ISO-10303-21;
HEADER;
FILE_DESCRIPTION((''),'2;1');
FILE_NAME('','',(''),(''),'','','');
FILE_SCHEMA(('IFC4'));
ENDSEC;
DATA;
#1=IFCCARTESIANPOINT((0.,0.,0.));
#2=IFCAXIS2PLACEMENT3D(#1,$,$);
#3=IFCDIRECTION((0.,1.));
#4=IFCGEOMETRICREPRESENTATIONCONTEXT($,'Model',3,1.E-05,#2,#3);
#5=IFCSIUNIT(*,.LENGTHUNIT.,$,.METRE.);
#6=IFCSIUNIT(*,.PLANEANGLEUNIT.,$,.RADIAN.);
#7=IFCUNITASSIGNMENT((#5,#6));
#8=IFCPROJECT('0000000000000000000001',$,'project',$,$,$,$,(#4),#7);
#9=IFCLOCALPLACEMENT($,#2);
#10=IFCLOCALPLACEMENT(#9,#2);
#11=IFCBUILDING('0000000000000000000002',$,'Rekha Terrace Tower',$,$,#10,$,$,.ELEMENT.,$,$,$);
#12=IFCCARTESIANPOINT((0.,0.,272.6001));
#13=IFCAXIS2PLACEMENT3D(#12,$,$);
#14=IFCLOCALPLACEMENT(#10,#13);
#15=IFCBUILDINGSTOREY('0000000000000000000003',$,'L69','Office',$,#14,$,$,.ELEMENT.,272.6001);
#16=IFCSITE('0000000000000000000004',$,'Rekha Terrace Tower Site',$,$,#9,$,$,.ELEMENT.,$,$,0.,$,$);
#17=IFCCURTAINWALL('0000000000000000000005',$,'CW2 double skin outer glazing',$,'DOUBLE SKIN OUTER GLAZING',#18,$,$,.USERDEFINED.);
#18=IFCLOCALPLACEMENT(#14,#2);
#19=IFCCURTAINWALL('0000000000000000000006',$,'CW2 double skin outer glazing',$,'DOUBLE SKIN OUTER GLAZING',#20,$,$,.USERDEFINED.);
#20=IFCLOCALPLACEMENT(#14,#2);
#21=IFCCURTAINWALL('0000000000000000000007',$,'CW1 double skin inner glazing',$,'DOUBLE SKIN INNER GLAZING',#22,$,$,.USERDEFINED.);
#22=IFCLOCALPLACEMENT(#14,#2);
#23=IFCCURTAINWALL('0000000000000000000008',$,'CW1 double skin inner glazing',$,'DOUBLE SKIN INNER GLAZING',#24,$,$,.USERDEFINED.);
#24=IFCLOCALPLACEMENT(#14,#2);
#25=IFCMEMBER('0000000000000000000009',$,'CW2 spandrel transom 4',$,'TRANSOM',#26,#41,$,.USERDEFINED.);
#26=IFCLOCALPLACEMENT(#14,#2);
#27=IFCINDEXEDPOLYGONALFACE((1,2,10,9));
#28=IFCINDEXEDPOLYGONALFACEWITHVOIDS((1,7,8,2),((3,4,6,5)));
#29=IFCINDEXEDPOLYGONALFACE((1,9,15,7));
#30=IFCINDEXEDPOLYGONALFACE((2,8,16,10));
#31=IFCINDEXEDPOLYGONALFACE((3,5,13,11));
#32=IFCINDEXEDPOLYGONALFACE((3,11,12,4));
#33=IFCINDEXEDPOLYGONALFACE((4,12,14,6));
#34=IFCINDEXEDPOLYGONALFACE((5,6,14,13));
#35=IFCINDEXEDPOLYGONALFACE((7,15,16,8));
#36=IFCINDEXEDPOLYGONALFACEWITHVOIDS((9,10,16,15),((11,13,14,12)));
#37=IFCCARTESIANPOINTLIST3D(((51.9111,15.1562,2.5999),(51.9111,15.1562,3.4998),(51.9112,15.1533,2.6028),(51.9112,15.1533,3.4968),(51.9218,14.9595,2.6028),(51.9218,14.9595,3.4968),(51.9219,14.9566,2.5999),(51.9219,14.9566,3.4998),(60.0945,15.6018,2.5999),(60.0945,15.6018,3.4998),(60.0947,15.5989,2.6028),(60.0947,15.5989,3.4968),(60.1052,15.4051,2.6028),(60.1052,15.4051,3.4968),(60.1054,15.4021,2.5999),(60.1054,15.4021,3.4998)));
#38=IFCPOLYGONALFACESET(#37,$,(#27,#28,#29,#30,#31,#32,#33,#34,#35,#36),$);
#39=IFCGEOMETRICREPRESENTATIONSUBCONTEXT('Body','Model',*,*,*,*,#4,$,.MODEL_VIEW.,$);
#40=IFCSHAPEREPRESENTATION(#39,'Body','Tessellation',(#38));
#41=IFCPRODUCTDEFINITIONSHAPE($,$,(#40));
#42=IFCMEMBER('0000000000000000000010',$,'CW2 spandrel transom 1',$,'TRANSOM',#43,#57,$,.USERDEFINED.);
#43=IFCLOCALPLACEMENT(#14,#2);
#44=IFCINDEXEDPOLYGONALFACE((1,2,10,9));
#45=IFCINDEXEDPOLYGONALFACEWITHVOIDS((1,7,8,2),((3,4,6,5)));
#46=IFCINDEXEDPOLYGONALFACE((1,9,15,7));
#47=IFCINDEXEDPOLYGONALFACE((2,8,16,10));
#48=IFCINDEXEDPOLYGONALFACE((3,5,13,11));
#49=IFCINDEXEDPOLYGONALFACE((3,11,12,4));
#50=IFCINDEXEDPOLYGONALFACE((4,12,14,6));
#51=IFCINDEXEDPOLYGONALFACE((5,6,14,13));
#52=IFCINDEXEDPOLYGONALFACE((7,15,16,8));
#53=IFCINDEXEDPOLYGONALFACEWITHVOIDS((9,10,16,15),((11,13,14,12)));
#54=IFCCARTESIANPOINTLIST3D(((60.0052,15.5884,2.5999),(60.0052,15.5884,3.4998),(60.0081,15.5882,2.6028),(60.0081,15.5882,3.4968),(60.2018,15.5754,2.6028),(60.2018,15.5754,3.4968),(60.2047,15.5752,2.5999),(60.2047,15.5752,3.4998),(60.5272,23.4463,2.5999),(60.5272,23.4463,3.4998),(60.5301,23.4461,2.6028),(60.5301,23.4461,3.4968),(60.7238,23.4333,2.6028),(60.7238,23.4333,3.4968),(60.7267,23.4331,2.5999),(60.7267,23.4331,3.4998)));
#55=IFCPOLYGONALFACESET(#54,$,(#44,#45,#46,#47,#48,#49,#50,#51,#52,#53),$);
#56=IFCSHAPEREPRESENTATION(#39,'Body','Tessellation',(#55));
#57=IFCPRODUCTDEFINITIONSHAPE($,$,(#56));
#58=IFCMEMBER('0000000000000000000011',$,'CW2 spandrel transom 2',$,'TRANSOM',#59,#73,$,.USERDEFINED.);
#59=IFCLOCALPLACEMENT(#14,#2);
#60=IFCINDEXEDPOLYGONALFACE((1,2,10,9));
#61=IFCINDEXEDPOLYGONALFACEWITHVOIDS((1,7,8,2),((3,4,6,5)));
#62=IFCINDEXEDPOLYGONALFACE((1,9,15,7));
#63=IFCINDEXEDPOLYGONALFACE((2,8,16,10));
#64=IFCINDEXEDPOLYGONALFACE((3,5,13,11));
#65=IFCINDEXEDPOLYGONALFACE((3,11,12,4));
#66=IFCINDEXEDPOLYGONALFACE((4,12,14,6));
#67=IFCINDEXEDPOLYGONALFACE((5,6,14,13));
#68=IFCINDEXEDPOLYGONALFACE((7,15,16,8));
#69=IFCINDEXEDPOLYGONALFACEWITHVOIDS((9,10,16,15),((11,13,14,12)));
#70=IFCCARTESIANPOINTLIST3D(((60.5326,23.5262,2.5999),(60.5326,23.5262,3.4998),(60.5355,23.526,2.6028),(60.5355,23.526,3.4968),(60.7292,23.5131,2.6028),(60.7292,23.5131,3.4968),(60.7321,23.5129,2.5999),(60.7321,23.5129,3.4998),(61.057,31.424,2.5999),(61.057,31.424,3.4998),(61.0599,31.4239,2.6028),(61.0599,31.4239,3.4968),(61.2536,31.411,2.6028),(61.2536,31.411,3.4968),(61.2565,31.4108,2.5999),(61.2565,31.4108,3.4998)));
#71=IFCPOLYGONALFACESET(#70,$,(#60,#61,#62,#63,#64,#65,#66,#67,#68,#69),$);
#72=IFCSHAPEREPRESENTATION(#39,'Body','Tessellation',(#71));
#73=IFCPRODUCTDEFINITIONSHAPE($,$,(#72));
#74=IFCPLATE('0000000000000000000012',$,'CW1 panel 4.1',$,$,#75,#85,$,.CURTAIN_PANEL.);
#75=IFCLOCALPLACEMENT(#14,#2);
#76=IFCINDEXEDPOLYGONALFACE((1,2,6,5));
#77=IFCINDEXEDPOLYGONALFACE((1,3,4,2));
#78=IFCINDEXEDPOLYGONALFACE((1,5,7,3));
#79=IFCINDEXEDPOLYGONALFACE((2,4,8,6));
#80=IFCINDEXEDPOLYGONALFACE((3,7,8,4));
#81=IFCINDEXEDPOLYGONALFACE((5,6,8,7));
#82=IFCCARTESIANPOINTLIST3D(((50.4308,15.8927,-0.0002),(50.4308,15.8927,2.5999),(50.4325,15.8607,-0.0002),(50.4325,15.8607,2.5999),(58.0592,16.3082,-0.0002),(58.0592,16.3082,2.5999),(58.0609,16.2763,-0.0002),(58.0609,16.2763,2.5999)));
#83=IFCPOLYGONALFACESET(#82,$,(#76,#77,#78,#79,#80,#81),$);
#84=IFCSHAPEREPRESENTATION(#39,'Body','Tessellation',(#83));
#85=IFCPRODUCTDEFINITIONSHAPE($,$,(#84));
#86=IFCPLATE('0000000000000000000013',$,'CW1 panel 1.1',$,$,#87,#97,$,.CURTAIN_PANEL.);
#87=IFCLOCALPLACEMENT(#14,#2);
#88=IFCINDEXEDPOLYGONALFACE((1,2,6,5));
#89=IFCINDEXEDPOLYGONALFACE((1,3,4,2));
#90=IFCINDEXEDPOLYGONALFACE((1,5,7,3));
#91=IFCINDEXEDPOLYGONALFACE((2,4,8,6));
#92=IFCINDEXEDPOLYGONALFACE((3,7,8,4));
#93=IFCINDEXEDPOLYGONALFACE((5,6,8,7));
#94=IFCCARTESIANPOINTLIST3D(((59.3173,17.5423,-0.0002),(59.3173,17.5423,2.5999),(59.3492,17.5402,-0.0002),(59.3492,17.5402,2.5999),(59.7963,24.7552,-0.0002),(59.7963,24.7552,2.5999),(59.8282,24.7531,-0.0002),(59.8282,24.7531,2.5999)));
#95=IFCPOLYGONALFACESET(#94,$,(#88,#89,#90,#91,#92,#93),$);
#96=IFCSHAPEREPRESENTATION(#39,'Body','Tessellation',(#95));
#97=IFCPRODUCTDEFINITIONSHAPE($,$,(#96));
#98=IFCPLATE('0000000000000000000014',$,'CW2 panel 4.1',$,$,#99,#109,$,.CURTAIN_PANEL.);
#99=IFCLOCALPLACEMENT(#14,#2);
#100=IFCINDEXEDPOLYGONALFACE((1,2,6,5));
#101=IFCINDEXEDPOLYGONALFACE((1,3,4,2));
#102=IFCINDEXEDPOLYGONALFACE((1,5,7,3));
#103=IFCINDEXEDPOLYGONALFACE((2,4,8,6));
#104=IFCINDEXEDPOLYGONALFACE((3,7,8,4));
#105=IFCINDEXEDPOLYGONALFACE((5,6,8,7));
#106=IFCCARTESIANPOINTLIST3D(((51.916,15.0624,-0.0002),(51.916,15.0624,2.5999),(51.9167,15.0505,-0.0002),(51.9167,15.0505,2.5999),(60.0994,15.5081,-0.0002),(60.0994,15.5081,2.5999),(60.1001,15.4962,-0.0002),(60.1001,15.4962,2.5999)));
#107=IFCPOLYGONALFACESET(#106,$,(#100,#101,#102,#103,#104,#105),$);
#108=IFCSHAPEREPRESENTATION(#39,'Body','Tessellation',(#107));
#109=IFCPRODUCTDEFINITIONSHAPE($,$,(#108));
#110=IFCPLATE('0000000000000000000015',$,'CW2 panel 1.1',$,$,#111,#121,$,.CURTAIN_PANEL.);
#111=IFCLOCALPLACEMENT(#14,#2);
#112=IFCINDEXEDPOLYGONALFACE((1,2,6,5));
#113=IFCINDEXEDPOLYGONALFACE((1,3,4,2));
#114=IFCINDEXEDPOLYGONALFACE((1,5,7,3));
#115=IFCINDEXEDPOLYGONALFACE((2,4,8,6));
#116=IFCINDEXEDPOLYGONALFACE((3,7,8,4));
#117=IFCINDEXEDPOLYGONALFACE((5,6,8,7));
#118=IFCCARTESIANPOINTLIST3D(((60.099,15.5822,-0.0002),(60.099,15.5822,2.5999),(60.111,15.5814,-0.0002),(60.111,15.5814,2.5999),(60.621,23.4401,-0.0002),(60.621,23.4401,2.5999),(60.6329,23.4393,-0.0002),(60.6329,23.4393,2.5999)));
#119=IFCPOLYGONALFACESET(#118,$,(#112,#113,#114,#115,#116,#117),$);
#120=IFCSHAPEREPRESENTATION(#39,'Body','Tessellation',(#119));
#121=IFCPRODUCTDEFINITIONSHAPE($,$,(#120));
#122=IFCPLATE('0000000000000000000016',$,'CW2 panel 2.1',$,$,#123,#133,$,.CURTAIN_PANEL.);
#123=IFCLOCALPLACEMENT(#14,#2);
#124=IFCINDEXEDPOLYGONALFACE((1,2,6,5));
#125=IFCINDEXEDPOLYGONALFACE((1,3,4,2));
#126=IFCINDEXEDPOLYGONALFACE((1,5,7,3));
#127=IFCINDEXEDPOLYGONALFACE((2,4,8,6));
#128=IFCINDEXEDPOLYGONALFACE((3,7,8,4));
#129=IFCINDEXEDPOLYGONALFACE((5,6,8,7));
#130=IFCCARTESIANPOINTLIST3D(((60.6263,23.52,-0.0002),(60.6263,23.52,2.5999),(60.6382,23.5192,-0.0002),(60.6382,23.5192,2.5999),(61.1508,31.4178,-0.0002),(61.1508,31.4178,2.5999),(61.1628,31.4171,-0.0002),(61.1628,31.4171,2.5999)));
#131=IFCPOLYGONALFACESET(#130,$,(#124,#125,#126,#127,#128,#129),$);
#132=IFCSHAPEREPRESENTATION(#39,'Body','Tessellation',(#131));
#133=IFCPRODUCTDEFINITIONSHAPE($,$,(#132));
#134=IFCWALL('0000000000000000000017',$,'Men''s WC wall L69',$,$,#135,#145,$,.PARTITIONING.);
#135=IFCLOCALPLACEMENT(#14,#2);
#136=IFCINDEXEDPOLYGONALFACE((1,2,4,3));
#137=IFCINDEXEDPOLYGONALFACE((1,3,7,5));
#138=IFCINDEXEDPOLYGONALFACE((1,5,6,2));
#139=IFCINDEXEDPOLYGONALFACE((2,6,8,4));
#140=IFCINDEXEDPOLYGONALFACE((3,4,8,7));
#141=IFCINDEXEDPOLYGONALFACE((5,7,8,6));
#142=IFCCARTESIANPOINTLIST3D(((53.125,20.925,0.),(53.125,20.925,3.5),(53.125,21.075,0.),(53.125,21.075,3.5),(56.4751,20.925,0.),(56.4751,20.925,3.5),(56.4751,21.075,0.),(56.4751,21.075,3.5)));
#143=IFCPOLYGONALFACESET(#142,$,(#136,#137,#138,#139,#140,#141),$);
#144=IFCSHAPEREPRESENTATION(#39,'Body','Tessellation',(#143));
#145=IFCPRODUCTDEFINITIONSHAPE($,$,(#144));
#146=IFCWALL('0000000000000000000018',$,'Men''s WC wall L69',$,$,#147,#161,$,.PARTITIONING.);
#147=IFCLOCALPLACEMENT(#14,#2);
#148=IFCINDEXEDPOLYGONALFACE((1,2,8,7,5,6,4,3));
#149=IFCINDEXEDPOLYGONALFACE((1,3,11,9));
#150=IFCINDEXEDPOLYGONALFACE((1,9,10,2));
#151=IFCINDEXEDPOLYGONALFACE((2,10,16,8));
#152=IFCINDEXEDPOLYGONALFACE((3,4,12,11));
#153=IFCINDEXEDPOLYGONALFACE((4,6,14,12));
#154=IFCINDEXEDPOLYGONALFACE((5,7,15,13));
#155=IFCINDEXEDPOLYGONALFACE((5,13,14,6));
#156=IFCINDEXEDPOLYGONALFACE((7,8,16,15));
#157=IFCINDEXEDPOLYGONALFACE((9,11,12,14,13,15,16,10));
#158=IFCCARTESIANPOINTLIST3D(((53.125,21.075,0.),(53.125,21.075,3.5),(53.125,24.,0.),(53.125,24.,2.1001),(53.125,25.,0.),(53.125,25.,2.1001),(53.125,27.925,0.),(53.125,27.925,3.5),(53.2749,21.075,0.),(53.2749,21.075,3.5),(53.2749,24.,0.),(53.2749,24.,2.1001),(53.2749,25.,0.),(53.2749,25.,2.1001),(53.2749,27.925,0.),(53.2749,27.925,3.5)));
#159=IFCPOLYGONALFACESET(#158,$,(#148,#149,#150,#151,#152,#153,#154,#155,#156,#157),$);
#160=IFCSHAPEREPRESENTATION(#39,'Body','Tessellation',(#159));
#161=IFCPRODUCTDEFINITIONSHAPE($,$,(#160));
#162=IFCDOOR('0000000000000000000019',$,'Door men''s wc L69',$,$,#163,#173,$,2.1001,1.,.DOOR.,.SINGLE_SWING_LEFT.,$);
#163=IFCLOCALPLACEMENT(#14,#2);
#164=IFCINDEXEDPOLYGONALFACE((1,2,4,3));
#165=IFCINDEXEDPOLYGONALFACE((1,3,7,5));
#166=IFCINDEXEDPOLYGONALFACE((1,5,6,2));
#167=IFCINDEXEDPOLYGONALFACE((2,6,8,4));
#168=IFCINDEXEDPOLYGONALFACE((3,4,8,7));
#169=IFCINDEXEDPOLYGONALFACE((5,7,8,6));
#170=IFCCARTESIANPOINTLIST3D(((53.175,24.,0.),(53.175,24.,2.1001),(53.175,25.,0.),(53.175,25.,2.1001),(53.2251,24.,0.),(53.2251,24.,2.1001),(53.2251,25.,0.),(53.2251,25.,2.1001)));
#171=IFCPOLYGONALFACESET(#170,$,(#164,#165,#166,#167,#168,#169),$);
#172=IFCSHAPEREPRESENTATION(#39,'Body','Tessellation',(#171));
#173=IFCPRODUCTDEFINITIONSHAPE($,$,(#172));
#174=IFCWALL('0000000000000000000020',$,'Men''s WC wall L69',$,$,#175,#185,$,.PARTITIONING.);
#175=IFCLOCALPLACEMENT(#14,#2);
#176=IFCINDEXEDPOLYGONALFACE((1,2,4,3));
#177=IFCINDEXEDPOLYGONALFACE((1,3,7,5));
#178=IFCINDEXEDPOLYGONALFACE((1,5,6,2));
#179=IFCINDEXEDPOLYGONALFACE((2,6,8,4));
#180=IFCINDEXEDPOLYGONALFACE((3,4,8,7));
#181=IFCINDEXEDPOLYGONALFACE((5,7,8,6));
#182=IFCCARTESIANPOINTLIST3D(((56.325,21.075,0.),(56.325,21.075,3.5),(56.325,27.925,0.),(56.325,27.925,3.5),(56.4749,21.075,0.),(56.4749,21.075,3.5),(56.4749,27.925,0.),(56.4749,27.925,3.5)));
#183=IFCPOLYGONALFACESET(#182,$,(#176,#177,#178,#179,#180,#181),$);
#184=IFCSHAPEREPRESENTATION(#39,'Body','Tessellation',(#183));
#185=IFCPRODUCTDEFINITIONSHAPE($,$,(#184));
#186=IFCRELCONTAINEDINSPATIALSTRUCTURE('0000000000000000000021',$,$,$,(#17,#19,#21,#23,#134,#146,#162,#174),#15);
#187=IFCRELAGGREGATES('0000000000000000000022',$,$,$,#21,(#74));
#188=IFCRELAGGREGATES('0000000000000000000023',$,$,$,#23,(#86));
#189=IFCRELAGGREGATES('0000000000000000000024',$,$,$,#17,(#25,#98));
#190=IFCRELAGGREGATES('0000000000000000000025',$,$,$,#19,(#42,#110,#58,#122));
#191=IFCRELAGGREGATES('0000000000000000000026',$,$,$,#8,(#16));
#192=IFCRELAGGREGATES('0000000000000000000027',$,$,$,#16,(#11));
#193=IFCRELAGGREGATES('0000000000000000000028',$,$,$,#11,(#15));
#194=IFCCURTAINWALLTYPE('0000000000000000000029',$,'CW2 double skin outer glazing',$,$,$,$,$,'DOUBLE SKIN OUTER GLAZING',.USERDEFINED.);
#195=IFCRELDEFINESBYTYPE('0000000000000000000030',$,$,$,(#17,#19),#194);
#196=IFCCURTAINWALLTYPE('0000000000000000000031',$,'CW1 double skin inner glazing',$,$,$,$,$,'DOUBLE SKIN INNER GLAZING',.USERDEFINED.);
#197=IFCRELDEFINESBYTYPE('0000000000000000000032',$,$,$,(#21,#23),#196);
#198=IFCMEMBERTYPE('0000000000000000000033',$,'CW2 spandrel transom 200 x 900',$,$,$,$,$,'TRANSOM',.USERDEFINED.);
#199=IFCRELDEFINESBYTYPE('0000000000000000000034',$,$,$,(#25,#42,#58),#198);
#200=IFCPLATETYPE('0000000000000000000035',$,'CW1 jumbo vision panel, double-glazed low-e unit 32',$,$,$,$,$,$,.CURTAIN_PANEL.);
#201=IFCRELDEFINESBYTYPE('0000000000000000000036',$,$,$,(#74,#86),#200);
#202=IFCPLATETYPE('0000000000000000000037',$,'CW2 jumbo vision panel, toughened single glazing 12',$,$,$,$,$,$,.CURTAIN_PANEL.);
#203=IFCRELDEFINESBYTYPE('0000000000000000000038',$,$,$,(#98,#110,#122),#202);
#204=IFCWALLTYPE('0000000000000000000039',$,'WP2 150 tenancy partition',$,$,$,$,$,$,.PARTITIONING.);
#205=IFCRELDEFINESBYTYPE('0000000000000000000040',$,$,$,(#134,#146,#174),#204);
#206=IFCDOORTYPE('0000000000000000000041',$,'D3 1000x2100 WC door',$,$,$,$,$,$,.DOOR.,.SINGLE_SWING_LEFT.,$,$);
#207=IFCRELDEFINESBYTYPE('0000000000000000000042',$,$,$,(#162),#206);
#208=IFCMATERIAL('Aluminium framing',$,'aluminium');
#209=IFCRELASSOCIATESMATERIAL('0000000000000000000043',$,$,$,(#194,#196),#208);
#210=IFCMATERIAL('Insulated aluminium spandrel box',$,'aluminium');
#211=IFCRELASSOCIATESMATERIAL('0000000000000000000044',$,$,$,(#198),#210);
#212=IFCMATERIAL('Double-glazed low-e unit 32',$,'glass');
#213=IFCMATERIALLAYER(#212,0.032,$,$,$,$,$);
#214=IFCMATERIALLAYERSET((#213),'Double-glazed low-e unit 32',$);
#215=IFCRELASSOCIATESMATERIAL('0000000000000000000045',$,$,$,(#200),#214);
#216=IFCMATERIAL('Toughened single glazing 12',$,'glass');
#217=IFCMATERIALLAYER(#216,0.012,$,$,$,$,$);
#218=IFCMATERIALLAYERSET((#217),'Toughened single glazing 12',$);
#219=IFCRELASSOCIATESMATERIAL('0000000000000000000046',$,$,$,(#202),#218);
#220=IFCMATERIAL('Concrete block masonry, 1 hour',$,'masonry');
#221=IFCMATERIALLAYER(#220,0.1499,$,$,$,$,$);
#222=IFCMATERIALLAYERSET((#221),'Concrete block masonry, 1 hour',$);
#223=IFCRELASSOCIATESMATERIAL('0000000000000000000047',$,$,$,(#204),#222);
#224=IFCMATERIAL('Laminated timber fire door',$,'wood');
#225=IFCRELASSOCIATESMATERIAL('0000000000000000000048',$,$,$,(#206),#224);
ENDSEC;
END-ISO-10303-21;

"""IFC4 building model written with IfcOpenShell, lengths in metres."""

from ifc_helpers import new_model, si_unit, direction, frame, frame_2d, origin, origin_2d, place, context, subcontext, project, spatial, rectangle, hollow_rectangle, extrude, material, layer, layer_set, material_profile, profile_set, type_object, element, fill, aggregate, save


model = new_model("IFC4")

# Units and contexts
model_context = context("Model", 3, precision=1e-05, world=origin(), true_north=direction((0.0, 1.0)))
body_context = subcontext(model_context, "Body", "Model", "MODEL_VIEW")
ifc_project = project(units=[si_unit("LENGTHUNIT", "METRE"), si_unit("PLANEANGLEUNIT", "RADIAN")], contexts=[model_context])

# Site, building, storey
site_placement = place(None, origin())
site = spatial("IfcSite", under=ifc_project, at=site_placement, Name="Rekha Terrace Tower Site", CompositionType="ELEMENT", RefElevation=0.0)
building_placement = place(site_placement, origin())
building = spatial("IfcBuilding", under=site, at=building_placement, Name="Rekha Terrace Tower", CompositionType="ELEMENT")
storey_placement = place(building_placement, frame((0.0, 0.0, 272.6001)))
storey = spatial("IfcBuildingStorey", under=building, at=storey_placement, Name="L69", Description="Office", CompositionType="ELEMENT", Elevation=272.6001)

# Curtain walls
ifc_material_1 = material(Name="Aluminium framing", Category="aluminium")
curtain_wall_type_1 = type_object("IfcCurtainWallType", Name="CW2 double skin outer glazing", ElementType="DOUBLE SKIN OUTER GLAZING", PredefinedType="USERDEFINED", material=ifc_material_1)
curtain_wall_1_placement = place(storey_placement, origin())
curtain_wall_1 = element("IfcCurtainWall", 1, at=curtain_wall_1_placement, inside=storey, type_object=curtain_wall_type_1, Name="CW2 double skin outer glazing", ObjectType="DOUBLE SKIN OUTER GLAZING", PredefinedType="USERDEFINED")
curtain_wall_2_placement = place(storey_placement, origin())
curtain_wall_2 = element("IfcCurtainWall", 2, at=curtain_wall_2_placement, inside=storey, type_object=curtain_wall_type_1, Name="CW2 double skin outer glazing", ObjectType="DOUBLE SKIN OUTER GLAZING", PredefinedType="USERDEFINED")
curtain_wall_type_2 = type_object("IfcCurtainWallType", Name="CW1 double skin inner glazing", ElementType="DOUBLE SKIN INNER GLAZING", PredefinedType="USERDEFINED", material=ifc_material_1)
curtain_wall_3_placement = place(storey_placement, origin())
curtain_wall_3 = element("IfcCurtainWall", 3, at=curtain_wall_3_placement, inside=storey, type_object=curtain_wall_type_2, Name="CW1 double skin inner glazing", ObjectType="DOUBLE SKIN INNER GLAZING", PredefinedType="USERDEFINED")

# Curtain wall
curtain_wall_4_placement = place(storey_placement, origin())
curtain_wall_4 = element("IfcCurtainWall", 4, at=curtain_wall_4_placement, inside=storey, type_object=curtain_wall_type_2, Name="CW1 double skin inner glazing", ObjectType="DOUBLE SKIN INNER GLAZING", PredefinedType="USERDEFINED")
ifc_material_2 = material(Name="Insulated aluminium spandrel box", Category="aluminium")

# Members
ifc_material_profile_1 = material_profile(ifc_material_2, hollow_rectangle(XDim=0.2, YDim=0.8999, WallThickness=0.0029, at=origin_2d()), Name="AL SPANDREL BOX 200x900")
ifc_profile_set_1 = profile_set([ifc_material_profile_1], Name="Insulated aluminium spandrel box")
member_type_1 = type_object("IfcMemberType", Name="CW2 spandrel transom 200 x 900", ElementType="TRANSOM", PredefinedType="USERDEFINED", material=ifc_profile_set_1)
member_1_placement = place(storey_placement, frame((51.9165, 15.0564, 3.0498), z_axis=(0.998521, 0.054366, 0.0), x_axis=(-0.054366, 0.998521, 0.0)))
member_1 = element("IfcMember", 5, at=member_1_placement, type_object=member_type_1, Name="CW2 spandrel transom 4", ObjectType="TRANSOM", PredefinedType="USERDEFINED", context=body_context, shape_type="SweptSolid", body=[
    extrude(hollow_rectangle(XDim=0.2, YDim=0.8999, WallThickness=0.0029, at=origin_2d()), origin(), (0.0, 0.0, 1.0), 8.1956),
])
member_2_placement = place(storey_placement, frame((60.105, 15.5818, 3.0498), z_axis=(0.06628, 0.997801, 0.0), x_axis=(-0.997801, 0.06628, 0.0)))
member_2 = element("IfcMember", 6, at=member_2_placement, type_object=member_type_1, Name="CW2 spandrel transom 1", ObjectType="TRANSOM", PredefinedType="USERDEFINED", context=body_context, shape_type="SweptSolid", body=[
    extrude(hollow_rectangle(XDim=0.2, YDim=0.8999, WallThickness=0.0029, at=origin_2d()), origin(), (0.0, 0.0, 1.0), 7.8752),
])
member_3_placement = place(storey_placement, frame((60.6323, 23.5195, 3.0498), z_axis=(0.066253, 0.997803, 0.0), x_axis=(-0.997803, 0.066253, 0.0)))
member_3 = element("IfcMember", 7, at=member_3_placement, type_object=member_type_1, Name="CW2 spandrel transom 2", ObjectType="TRANSOM", PredefinedType="USERDEFINED", context=body_context, shape_type="SweptSolid", body=[
    extrude(hollow_rectangle(XDim=0.2, YDim=0.8999, WallThickness=0.0029, at=origin_2d()), origin(), (0.0, 0.0, 1.0), 7.9153),
])

# Plates
ifc_material_3 = material(Name="Double-glazed low-e unit 32", Category="glass")
ifc_layer_1 = layer(ifc_material_3, 0.032)
ifc_layer_set_1 = layer_set([ifc_layer_1], Name="Double-glazed low-e unit 32")
plate_type_1 = type_object("IfcPlateType", Name="CW1 jumbo vision panel, double-glazed low-e unit 32", PredefinedType="CURTAIN_PANEL", material=ifc_layer_set_1)
plate_1_placement = place(storey_placement, frame((54.2458, 16.0845, -0.0002), z_axis=(0.0, 0.0, 1.0), x_axis=(0.99852, 0.054389, 0.0)))
plate_1 = element("IfcPlate", 8, at=plate_1_placement, type_object=plate_type_1, Name="CW1 panel 4.1", PredefinedType="CURTAIN_PANEL", context=body_context, shape_type="SweptSolid", body=[
    extrude(rectangle(XDim=7.6396, YDim=0.032, at=origin_2d()), origin(), (0.0, 0.0, 1.0), 2.6001),
])
aggregate(curtain_wall_3, [plate_1])
plate_2_placement = place(storey_placement, frame((59.5728, 21.1477, -0.0002), z_axis=(0.0, 0.0, 1.0), x_axis=(0.066272, 0.997802, 0.0)))
plate_2 = element("IfcPlate", 9, at=plate_2_placement, type_object=plate_type_1, Name="CW1 panel 1.1", PredefinedType="CURTAIN_PANEL", context=body_context, shape_type="SweptSolid", body=[
    extrude(rectangle(XDim=7.2288, YDim=0.032, at=origin_2d()), origin(), (0.0, 0.0, 1.0), 2.6001),
])
aggregate(curtain_wall_4, [plate_2])
ifc_material_4 = material(Name="Toughened single glazing 12", Category="glass")
ifc_layer_2 = layer(ifc_material_4, 0.012)
ifc_layer_set_2 = layer_set([ifc_layer_2], Name="Toughened single glazing 12")
plate_type_2 = type_object("IfcPlateType", Name="CW2 jumbo vision panel, toughened single glazing 12", PredefinedType="CURTAIN_PANEL", material=ifc_layer_set_2)
plate_3_placement = place(storey_placement, frame((56.0081, 15.2793, -0.0002), z_axis=(0.0, 0.0, 1.0), x_axis=(0.99852, 0.054389, 0.0)))
plate_3 = element("IfcPlate", 10, at=plate_3_placement, type_object=plate_type_2, Name="CW2 panel 4.1", PredefinedType="CURTAIN_PANEL", context=body_context, shape_type="SweptSolid", body=[
    extrude(rectangle(XDim=8.1956, YDim=0.012, at=origin_2d()), origin(), (0.0, 0.0, 1.0), 2.6001),
])
aggregate(curtain_wall_1, [member_1, plate_3])
plate_4_placement = place(storey_placement, frame((60.366, 19.5107, -0.0002), z_axis=(0.0, 0.0, 1.0), x_axis=(0.066272, 0.997802, 0.0)))
plate_4 = element("IfcPlate", 11, at=plate_4_placement, type_object=plate_type_2, Name="CW2 panel 1.1", PredefinedType="CURTAIN_PANEL", context=body_context, shape_type="SweptSolid", body=[
    extrude(rectangle(XDim=7.8752, YDim=0.012, at=origin_2d()), origin(), (0.0, 0.0, 1.0), 2.6001),
])
plate_5_placement = place(storey_placement, frame((60.8945, 27.4685, -0.0002), z_axis=(0.0, 0.0, 1.0), x_axis=(0.066272, 0.997802, 0.0)))
plate_5 = element("IfcPlate", 12, at=plate_5_placement, type_object=plate_type_2, Name="CW2 panel 2.1", PredefinedType="CURTAIN_PANEL", context=body_context, shape_type="SweptSolid", body=[
    extrude(rectangle(XDim=7.9153, YDim=0.012, at=origin_2d()), origin(), (0.0, 0.0, 1.0), 2.6001),
])
aggregate(curtain_wall_2, [member_2, plate_4, member_3, plate_5])

# Wall
ifc_material_5 = material(Name="Concrete block masonry, 1 hour", Category="masonry")
ifc_layer_3 = layer(ifc_material_5, 0.1499)
ifc_layer_set_3 = layer_set([ifc_layer_3], Name="Concrete block masonry, 1 hour")
wall_type_1 = type_object("IfcWallType", Name="WP2 150 tenancy partition", PredefinedType="PARTITIONING", material=ifc_layer_set_3)
wall_1_placement = place(storey_placement, frame((53.125, 21.0, 0.0), z_axis=(0.0, 0.0, 1.0), x_axis=(1.0, 0.0, 0.0)))
element("IfcWall", 13, at=wall_1_placement, inside=storey, type_object=wall_type_1, Name="Men's WC wall L69", PredefinedType="PARTITIONING", context=body_context, shape_type="SweptSolid", body=[
    extrude(rectangle(XDim=3.3501, YDim=0.1499, at=frame_2d((1.675, 0.0))), origin(), (0.0, 0.0, 1.0), 3.5),
])

# Wall, opening, door
wall_2_placement = place(storey_placement, frame((53.2, 21.075, 0.0), z_axis=(0.0, 0.0, 1.0), x_axis=(0.0, 1.0, 0.0)))
wall_2 = element("IfcWall", 14, at=wall_2_placement, inside=storey, type_object=wall_type_1, Name="Men's WC wall L69", PredefinedType="PARTITIONING", context=body_context, shape_type="SweptSolid", body=[
    extrude(rectangle(XDim=6.8501, YDim=0.1499, at=frame_2d((3.425, 0.0))), origin(), (0.0, 0.0, 1.0), 3.5),
])
opening_placement = place(wall_2_placement, frame((2.925, 0.0, 0.0)))
opening = element("IfcOpeningElement", 15, at=opening_placement, cuts=wall_2, PredefinedType="OPENING", context=body_context, shape_type="SweptSolid", body=[
    extrude(rectangle(XDim=1.0, YDim=2.1001, at=frame_2d((0.5, 1.05))), frame((0.0, 0.085, 0.0), z_axis=(0.0, -1.0, 0.0), x_axis=(1.0, 0.0, 0.0)), (0.0, 0.0, 1.0), 0.1699),
])
ifc_material_6 = material(Name="Laminated timber fire door", Category="wood")
door_type = type_object("IfcDoorType", Name="D3 1000x2100 WC door", OperationType="SINGLE_SWING_LEFT", PredefinedType="DOOR", material=ifc_material_6)
door_placement = place(opening_placement, origin())
door = element("IfcDoor", 16, at=door_placement, inside=storey, type_object=door_type, Name="Door men's wc L69", OperationType="SINGLE_SWING_LEFT", OverallHeight=2.1001, OverallWidth=1.0, PredefinedType="DOOR", context=body_context, shape_type="SweptSolid", body=[
    extrude(rectangle(XDim=1.0, YDim=2.1001, at=frame_2d((0.5, 1.05))), frame((0.0, 0.0249, 0.0), z_axis=(0.0, -1.0, 0.0), x_axis=(1.0, 0.0, 0.0)), (0.0, 0.0, 1.0), 0.05),
])
fill(opening, door)

# Wall
wall_3_placement = place(storey_placement, frame((56.3999, 21.075, 0.0), z_axis=(0.0, 0.0, 1.0), x_axis=(0.0, 1.0, 0.0)))
element("IfcWall", 17, at=wall_3_placement, inside=storey, type_object=wall_type_1, Name="Men's WC wall L69", PredefinedType="PARTITIONING", context=body_context, shape_type="SweptSolid", body=[
    extrude(rectangle(XDim=6.8501, YDim=0.1499, at=frame_2d((3.425, 0.0))), origin(), (0.0, 0.0, 1.0), 3.5),
])

save(model, "model.ifc")
